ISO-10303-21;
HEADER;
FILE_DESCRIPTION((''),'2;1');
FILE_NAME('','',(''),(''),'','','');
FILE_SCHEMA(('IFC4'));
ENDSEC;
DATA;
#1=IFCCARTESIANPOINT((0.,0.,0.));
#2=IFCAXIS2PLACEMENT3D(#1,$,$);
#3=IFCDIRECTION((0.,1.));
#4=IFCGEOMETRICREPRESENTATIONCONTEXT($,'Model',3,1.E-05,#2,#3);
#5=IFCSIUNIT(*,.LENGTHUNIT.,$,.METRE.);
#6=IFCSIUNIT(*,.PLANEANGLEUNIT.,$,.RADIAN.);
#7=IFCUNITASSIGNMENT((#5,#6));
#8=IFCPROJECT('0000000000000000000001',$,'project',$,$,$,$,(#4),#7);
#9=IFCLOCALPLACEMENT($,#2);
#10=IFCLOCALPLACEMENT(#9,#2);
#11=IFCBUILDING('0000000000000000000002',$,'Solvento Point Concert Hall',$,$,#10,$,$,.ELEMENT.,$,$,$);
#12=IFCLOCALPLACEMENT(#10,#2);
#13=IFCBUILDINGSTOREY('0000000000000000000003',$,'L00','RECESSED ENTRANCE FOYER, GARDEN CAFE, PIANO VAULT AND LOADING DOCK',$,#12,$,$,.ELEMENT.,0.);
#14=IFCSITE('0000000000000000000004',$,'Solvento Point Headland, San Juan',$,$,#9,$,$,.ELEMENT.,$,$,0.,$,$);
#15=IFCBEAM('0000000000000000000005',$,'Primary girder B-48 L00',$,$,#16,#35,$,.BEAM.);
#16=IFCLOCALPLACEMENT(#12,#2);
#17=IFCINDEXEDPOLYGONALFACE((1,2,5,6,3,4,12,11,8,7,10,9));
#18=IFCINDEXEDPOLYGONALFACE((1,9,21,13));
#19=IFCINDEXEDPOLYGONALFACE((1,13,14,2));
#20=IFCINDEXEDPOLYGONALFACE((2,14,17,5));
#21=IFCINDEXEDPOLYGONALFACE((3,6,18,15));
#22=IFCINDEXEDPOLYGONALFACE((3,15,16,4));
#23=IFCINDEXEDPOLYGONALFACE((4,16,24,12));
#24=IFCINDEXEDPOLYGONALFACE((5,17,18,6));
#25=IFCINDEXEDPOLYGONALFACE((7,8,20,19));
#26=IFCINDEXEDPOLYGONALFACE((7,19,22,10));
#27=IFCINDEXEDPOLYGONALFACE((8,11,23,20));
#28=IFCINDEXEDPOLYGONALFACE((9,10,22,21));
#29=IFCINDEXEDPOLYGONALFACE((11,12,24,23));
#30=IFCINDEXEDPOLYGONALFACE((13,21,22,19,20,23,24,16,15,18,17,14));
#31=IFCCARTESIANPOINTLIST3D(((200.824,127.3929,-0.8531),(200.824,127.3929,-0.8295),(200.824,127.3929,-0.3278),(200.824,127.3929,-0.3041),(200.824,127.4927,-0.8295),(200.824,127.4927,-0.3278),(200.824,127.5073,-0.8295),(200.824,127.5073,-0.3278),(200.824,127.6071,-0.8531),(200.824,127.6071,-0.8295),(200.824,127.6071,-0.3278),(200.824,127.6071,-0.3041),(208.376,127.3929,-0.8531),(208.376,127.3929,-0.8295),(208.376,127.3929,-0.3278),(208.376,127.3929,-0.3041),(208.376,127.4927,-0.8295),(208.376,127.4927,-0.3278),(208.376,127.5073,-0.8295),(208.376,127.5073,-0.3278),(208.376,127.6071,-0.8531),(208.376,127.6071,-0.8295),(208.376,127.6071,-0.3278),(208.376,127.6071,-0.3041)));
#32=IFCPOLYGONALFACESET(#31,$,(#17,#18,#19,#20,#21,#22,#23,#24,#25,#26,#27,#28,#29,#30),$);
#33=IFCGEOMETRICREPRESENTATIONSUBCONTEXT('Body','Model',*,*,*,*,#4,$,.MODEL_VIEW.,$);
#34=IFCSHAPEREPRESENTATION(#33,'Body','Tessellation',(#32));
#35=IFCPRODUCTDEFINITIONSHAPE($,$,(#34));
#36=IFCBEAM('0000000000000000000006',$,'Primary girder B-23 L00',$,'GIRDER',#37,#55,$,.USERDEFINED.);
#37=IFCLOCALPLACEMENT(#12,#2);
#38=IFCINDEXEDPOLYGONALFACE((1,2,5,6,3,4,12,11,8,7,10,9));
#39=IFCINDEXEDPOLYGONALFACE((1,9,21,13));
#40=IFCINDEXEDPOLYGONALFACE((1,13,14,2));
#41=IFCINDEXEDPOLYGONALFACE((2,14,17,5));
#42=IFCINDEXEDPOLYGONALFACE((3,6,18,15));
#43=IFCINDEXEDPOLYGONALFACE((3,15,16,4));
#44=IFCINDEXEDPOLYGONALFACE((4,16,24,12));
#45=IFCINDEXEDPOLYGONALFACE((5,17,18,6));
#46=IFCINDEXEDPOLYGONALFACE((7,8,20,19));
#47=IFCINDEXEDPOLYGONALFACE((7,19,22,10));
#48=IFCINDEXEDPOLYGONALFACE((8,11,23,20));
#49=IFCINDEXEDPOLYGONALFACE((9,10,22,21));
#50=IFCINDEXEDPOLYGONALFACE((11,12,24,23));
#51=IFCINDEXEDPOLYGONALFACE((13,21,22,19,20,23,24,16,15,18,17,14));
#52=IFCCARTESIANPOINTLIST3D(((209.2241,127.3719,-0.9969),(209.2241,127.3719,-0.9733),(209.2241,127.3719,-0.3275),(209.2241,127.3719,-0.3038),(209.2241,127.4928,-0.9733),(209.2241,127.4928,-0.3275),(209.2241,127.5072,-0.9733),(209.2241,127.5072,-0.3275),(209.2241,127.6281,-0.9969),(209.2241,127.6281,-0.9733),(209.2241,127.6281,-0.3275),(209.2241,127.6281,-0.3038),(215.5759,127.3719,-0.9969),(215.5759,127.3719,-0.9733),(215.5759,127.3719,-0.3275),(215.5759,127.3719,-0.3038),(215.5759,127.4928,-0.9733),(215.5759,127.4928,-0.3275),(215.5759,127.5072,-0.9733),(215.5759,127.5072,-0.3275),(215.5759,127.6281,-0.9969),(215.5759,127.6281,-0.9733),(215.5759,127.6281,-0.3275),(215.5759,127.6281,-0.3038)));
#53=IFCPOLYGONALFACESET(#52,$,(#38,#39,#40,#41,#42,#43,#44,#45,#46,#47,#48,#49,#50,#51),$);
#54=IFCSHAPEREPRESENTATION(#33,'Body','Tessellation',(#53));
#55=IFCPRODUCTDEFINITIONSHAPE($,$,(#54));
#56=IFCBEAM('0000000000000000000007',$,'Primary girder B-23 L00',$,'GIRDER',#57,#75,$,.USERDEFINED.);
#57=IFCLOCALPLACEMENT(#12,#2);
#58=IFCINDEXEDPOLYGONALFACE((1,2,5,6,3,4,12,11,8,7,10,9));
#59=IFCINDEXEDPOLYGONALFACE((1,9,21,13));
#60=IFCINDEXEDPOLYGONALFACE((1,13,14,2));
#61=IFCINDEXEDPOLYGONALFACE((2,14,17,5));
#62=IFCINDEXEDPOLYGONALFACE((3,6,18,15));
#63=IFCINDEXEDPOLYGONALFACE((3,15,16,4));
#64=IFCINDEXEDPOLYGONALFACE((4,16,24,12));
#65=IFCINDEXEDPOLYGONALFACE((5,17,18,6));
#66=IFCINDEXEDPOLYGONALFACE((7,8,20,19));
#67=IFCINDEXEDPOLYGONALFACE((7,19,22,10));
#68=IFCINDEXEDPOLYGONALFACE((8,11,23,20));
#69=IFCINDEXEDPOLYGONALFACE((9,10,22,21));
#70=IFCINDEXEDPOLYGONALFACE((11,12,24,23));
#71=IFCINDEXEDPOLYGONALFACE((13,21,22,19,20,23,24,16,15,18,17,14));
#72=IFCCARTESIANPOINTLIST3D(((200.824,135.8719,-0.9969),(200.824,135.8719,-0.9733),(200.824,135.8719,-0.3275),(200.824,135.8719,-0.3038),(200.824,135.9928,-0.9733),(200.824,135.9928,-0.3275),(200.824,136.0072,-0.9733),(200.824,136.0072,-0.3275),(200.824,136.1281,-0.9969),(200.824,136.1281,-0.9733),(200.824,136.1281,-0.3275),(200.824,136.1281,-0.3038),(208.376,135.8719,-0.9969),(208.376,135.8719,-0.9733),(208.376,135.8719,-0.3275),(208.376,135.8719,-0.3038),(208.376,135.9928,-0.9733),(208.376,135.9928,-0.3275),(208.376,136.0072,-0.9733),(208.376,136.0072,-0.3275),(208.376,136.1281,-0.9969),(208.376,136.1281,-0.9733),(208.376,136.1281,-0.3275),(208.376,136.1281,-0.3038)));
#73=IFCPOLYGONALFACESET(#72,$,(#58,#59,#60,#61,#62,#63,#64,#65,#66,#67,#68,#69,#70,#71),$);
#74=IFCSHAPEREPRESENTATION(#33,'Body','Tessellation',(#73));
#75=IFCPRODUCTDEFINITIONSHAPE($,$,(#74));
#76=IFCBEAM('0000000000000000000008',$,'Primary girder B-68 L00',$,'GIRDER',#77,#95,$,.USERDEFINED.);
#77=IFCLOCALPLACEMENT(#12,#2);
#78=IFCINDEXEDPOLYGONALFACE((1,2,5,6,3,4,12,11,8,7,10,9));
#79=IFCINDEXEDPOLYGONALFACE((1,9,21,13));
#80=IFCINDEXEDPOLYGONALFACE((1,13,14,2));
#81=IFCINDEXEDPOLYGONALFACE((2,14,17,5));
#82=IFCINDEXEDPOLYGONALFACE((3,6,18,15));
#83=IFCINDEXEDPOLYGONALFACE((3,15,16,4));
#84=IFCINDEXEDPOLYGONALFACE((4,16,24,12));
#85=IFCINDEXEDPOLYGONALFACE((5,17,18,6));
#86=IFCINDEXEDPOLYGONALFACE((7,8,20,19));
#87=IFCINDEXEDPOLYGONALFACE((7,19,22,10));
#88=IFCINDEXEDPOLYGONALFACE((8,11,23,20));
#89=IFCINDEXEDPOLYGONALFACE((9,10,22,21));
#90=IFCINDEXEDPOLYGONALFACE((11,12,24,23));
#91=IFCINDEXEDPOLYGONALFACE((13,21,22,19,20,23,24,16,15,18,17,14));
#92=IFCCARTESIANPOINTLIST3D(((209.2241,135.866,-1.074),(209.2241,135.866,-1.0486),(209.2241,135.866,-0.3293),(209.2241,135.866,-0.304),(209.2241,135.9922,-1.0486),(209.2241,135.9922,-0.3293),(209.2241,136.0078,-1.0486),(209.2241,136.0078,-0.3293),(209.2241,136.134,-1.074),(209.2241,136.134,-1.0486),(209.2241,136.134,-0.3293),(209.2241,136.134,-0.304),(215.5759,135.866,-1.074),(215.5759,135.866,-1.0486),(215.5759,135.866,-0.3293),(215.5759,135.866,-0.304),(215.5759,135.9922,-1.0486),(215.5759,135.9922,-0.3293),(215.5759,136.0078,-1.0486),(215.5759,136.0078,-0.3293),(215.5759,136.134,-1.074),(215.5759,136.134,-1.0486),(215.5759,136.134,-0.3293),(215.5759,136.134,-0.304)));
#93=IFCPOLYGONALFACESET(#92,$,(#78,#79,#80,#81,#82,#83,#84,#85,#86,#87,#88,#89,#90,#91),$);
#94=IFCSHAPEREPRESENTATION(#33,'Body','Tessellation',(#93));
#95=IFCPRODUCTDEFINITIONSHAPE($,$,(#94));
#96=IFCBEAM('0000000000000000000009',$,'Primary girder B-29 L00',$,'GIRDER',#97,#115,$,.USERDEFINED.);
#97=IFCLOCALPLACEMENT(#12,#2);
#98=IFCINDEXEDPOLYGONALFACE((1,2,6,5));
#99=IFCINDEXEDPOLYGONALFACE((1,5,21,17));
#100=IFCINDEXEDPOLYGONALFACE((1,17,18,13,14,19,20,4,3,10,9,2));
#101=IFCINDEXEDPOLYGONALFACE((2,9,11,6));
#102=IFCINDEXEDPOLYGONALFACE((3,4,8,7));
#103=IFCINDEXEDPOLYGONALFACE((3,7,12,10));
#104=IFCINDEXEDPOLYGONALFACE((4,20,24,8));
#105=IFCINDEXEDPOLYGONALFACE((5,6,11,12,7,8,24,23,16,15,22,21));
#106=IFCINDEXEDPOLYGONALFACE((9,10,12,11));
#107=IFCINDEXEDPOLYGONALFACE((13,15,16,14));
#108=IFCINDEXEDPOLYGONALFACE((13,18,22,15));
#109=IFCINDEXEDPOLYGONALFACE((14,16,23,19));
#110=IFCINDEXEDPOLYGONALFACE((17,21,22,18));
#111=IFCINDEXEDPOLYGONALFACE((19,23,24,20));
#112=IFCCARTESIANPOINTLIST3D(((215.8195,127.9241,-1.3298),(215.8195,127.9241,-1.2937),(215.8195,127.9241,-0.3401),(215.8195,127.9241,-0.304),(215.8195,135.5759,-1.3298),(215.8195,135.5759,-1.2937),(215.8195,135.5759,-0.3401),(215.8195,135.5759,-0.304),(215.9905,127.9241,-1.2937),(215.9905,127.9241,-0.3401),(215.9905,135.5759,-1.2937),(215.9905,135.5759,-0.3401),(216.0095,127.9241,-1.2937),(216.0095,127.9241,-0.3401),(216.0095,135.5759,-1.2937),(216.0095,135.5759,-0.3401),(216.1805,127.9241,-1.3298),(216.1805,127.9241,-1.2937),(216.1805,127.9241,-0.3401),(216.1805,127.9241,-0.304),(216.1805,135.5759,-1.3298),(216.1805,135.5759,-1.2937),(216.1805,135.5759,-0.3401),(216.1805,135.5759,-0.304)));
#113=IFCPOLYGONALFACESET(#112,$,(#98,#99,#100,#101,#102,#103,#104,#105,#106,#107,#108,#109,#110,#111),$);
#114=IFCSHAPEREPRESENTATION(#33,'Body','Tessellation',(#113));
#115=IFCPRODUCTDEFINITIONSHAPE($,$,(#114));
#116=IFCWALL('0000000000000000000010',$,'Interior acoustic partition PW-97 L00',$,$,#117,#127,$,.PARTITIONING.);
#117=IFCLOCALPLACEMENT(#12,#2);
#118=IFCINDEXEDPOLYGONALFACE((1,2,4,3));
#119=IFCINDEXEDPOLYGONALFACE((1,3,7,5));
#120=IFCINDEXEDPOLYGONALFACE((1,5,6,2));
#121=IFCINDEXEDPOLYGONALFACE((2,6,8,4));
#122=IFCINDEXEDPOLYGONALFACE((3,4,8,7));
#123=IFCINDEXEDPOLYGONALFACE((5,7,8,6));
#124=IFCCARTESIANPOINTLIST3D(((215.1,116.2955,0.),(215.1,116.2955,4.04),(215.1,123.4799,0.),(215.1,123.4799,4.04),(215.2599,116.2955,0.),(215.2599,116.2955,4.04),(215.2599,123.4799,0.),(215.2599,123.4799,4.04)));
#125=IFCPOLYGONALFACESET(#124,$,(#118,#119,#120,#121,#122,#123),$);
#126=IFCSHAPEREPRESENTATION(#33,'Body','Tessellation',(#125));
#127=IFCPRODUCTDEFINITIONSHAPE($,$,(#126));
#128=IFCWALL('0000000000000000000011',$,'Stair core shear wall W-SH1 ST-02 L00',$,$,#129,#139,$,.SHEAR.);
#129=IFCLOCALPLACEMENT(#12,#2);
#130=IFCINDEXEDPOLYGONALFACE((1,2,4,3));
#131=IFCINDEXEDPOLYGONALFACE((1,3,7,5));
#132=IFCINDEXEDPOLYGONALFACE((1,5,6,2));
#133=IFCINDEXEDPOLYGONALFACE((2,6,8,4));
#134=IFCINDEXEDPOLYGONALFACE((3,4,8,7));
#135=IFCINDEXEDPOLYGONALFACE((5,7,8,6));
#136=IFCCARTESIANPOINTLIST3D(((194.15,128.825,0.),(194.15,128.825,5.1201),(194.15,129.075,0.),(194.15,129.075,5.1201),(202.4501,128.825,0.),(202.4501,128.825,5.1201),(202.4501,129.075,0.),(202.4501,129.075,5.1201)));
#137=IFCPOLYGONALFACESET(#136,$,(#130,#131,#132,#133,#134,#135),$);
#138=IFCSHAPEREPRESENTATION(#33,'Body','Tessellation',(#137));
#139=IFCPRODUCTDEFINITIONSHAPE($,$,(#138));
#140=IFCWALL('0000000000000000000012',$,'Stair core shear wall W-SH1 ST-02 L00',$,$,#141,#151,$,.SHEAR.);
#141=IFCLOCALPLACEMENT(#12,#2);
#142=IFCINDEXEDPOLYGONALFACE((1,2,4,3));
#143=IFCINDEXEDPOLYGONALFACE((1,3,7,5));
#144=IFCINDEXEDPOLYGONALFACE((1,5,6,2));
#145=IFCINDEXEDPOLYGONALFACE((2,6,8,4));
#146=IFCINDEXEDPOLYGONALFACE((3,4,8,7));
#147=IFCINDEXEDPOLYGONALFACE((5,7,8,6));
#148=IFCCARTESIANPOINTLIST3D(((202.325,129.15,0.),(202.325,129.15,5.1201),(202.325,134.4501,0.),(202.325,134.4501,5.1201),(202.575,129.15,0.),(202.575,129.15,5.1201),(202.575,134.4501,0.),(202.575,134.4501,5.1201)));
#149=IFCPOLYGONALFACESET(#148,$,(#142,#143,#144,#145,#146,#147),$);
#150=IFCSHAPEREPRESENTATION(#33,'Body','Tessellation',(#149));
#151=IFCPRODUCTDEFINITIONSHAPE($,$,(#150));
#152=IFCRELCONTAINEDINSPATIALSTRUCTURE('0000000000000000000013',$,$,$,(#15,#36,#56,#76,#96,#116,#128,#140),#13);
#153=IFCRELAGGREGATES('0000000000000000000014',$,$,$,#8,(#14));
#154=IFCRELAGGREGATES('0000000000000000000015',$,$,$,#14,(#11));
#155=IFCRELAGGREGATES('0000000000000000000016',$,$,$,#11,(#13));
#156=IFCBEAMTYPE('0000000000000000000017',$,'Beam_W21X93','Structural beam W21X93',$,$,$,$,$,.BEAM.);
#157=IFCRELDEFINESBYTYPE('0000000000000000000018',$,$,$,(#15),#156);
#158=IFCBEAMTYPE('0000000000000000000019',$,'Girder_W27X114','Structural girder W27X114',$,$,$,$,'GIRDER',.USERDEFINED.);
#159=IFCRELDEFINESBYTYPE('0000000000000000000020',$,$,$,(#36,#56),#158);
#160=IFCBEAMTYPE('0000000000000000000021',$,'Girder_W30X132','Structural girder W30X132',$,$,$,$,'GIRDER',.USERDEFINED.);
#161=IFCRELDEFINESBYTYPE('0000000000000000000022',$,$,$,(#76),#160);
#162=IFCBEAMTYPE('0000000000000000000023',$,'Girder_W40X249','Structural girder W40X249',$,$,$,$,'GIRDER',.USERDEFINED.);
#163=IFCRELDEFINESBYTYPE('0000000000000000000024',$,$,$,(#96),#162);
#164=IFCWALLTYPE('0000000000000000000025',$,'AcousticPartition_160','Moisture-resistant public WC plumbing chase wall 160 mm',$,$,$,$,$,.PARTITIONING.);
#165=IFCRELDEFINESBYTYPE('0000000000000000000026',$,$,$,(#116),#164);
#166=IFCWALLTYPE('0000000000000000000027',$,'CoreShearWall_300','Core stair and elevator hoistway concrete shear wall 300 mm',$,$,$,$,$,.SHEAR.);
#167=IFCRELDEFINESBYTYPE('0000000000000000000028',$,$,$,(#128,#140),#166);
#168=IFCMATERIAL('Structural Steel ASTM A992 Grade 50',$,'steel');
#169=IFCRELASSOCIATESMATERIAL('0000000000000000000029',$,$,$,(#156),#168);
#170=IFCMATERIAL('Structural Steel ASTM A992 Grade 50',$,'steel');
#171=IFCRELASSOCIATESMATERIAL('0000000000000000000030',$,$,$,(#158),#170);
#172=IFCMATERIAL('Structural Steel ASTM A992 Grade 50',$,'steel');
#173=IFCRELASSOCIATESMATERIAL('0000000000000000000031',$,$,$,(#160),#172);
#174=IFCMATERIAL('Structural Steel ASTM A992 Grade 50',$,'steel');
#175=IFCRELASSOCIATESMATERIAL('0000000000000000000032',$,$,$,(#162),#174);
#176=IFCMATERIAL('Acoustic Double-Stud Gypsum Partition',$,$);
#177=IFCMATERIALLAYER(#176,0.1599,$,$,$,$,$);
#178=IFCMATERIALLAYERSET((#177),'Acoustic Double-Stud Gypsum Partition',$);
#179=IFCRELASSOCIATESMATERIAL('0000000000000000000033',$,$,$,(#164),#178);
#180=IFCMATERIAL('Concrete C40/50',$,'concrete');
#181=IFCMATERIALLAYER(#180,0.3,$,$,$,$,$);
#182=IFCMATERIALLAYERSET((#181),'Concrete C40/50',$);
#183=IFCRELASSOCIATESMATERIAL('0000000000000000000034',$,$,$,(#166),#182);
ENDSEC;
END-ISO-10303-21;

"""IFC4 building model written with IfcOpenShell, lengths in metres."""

from ifc_helpers import new_model, si_unit, direction, frame, frame_2d, origin, origin_2d, place, context, subcontext, project, spatial, rectangle, i_section, extrude, material, layer, layer_set, material_profile, profile_set, type_object, element, save


model = new_model("IFC4")

# Units and contexts
model_context = context("Model", 3, precision=1e-05, world=origin(), true_north=direction((0.0, 1.0)))
body_context = subcontext(model_context, "Body", "Model", "MODEL_VIEW")
ifc_project = project(units=[si_unit("LENGTHUNIT", "METRE"), si_unit("PLANEANGLEUNIT", "RADIAN")], contexts=[model_context])

# Site, building, storey
site_placement = place(None, origin())
site = spatial("IfcSite", under=ifc_project, at=site_placement, Name="Solvento Point Headland, San Juan", CompositionType="ELEMENT", RefElevation=0.0)
building_placement = place(site_placement, origin())
building = spatial("IfcBuilding", under=site, at=building_placement, Name="Solvento Point Concert Hall", CompositionType="ELEMENT")
storey_placement = place(building_placement, origin())
storey = spatial("IfcBuildingStorey", under=building, at=storey_placement, Name="L00", Description="RECESSED ENTRANCE FOYER, GARDEN CAFE, PIANO VAULT AND LOADING DOCK", CompositionType="ELEMENT", Elevation=0.0)

# Beams
ifc_material_1 = material(Name="Structural Steel ASTM A992 Grade 50", Category="steel")
ifc_material_profile_1 = material_profile(ifc_material_1, i_section(OverallWidth=0.2141, OverallDepth=0.5491, WebThickness=0.0146, FlangeThickness=0.0237, at=origin_2d()), Name="W21X93")
ifc_profile_set_1 = profile_set([ifc_material_profile_1], Name="Structural Steel ASTM A992 Grade 50")
beam_type_1 = type_object("IfcBeamType", Name="Beam_W21X93", Description="Structural beam W21X93", PredefinedType="BEAM", material=ifc_profile_set_1)
beam_1_placement = place(storey_placement, frame((200.824, 127.5, -0.5786), z_axis=(1.0, 0.0, 0.0), x_axis=(0.0, 1.0, 0.0)))
element("IfcBeam", 1, at=beam_1_placement, inside=storey, type_object=beam_type_1, Name="Primary girder B-48 L00", PredefinedType="BEAM", context=body_context, shape_type="SweptSolid", body=[
    extrude(i_section(OverallWidth=0.2141, OverallDepth=0.5491, WebThickness=0.0146, FlangeThickness=0.0237, at=origin_2d()), origin(), (0.0, 0.0, 1.0), 7.552),
])
ifc_material_2 = material(Name="Structural Steel ASTM A992 Grade 50", Category="steel")
ifc_material_profile_2 = material_profile(ifc_material_2, i_section(OverallWidth=0.2561, OverallDepth=0.6931, WebThickness=0.0144, FlangeThickness=0.0237, at=origin_2d()), Name="W27X114")
ifc_profile_set_2 = profile_set([ifc_material_profile_2], Name="Structural Steel ASTM A992 Grade 50")
beam_type_2 = type_object("IfcBeamType", Name="Girder_W27X114", Description="Structural girder W27X114", ElementType="GIRDER", PredefinedType="USERDEFINED", material=ifc_profile_set_2)
beam_2_placement = place(storey_placement, frame((209.2241, 127.5, -0.6504), z_axis=(1.0, 0.0, 0.0), x_axis=(0.0, 1.0, 0.0)))
element("IfcBeam", 2, at=beam_2_placement, inside=storey, type_object=beam_type_2, Name="Primary girder B-23 L00", ObjectType="GIRDER", PredefinedType="USERDEFINED", context=body_context, shape_type="SweptSolid", body=[
    extrude(i_section(OverallWidth=0.2561, OverallDepth=0.6931, WebThickness=0.0144, FlangeThickness=0.0237, at=origin_2d()), origin(), (0.0, 0.0, 1.0), 6.3518),
])
beam_3_placement = place(storey_placement, frame((200.824, 136.0, -0.6504), z_axis=(1.0, 0.0, 0.0), x_axis=(0.0, 1.0, 0.0)))
element("IfcBeam", 3, at=beam_3_placement, inside=storey, type_object=beam_type_2, Name="Primary girder B-23 L00", ObjectType="GIRDER", PredefinedType="USERDEFINED", context=body_context, shape_type="SweptSolid", body=[
    extrude(i_section(OverallWidth=0.2561, OverallDepth=0.6931, WebThickness=0.0144, FlangeThickness=0.0237, at=origin_2d()), origin(), (0.0, 0.0, 1.0), 7.552),
])
ifc_material_3 = material(Name="Structural Steel ASTM A992 Grade 50", Category="steel")
ifc_material_profile_3 = material_profile(ifc_material_3, i_section(OverallWidth=0.2681, OverallDepth=0.77, WebThickness=0.0156, FlangeThickness=0.0254, at=origin_2d()), Name="W30X132")
ifc_profile_set_3 = profile_set([ifc_material_profile_3], Name="Structural Steel ASTM A992 Grade 50")
beam_type_3 = type_object("IfcBeamType", Name="Girder_W30X132", Description="Structural girder W30X132", ElementType="GIRDER", PredefinedType="USERDEFINED", material=ifc_profile_set_3)
beam_4_placement = place(storey_placement, frame((209.2241, 136.0, -0.689), z_axis=(1.0, 0.0, 0.0), x_axis=(0.0, 1.0, 0.0)))
element("IfcBeam", 4, at=beam_4_placement, inside=storey, type_object=beam_type_3, Name="Primary girder B-68 L00", ObjectType="GIRDER", PredefinedType="USERDEFINED", context=body_context, shape_type="SweptSolid", body=[
    extrude(i_section(OverallWidth=0.2681, OverallDepth=0.77, WebThickness=0.0156, FlangeThickness=0.0254, at=origin_2d()), origin(), (0.0, 0.0, 1.0), 6.3518),
])
ifc_material_4 = material(Name="Structural Steel ASTM A992 Grade 50", Category="steel")
ifc_material_profile_4 = material_profile(ifc_material_4, i_section(OverallWidth=0.3611, OverallDepth=1.0259, WebThickness=0.019, FlangeThickness=0.0361, at=origin_2d()), Name="W40X249")
ifc_profile_set_4 = profile_set([ifc_material_profile_4], Name="Structural Steel ASTM A992 Grade 50")
beam_type_4 = type_object("IfcBeamType", Name="Girder_W40X249", Description="Structural girder W40X249", ElementType="GIRDER", PredefinedType="USERDEFINED", material=ifc_profile_set_4)
beam_5_placement = place(storey_placement, frame((216.0, 127.9241, -0.8169), z_axis=(0.0, 1.0, 0.0), x_axis=(-1.0, 0.0, 0.0)))
element("IfcBeam", 5, at=beam_5_placement, inside=storey, type_object=beam_type_4, Name="Primary girder B-29 L00", ObjectType="GIRDER", PredefinedType="USERDEFINED", context=body_context, shape_type="SweptSolid", body=[
    extrude(i_section(OverallWidth=0.3611, OverallDepth=1.0259, WebThickness=0.019, FlangeThickness=0.0361, at=origin_2d()), origin(), (0.0, 0.0, 1.0), 7.6519),
])

# Wall
ifc_material_5 = material(Name="Acoustic Double-Stud Gypsum Partition")
ifc_layer_1 = layer(ifc_material_5, 0.1599)
ifc_layer_set_1 = layer_set([ifc_layer_1], Name="Acoustic Double-Stud Gypsum Partition")
wall_type_1 = type_object("IfcWallType", Name="AcousticPartition_160", Description="Moisture-resistant public WC plumbing chase wall 160 mm", PredefinedType="PARTITIONING", material=ifc_layer_set_1)
wall_1_placement = place(storey_placement, frame((215.1799, 123.48, 0.0), z_axis=(0.0, 0.0, 1.0), x_axis=(0.0, -1.0, 0.0)))
element("IfcWall", 6, at=wall_1_placement, inside=storey, type_object=wall_type_1, Name="Interior acoustic partition PW-97 L00", PredefinedType="PARTITIONING", context=body_context, shape_type="SweptSolid", body=[
    extrude(rectangle(XDim=7.1843, YDim=0.1599, at=frame_2d((3.5923, 0.0))), origin(), (0.0, 0.0, 1.0), 4.04),
])

# Walls
ifc_material_6 = material(Name="Concrete C40/50", Category="concrete")
ifc_layer_2 = layer(ifc_material_6, 0.3)
ifc_layer_set_2 = layer_set([ifc_layer_2], Name="Concrete C40/50")
wall_type_2 = type_object("IfcWallType", Name="CoreShearWall_300", Description="Core stair and elevator hoistway concrete shear wall 300 mm", PredefinedType="SHEAR", material=ifc_layer_set_2)
wall_2_placement = place(storey_placement, frame((202.45, 128.95, 0.0), z_axis=(0.0, 0.0, 1.0), x_axis=(-1.0, 0.0, 0.0)))
element("IfcWall", 7, at=wall_2_placement, inside=storey, type_object=wall_type_2, Name="Stair core shear wall W-SH1 ST-02 L00", PredefinedType="SHEAR", context=body_context, shape_type="SweptSolid", body=[
    extrude(rectangle(XDim=8.3, YDim=0.25, at=frame_2d((4.1499, 0.0))), origin(), (0.0, 0.0, 1.0), 5.1201),
])
wall_3_placement = place(storey_placement, frame((202.45, 134.45, 0.0), z_axis=(0.0, 0.0, 1.0), x_axis=(0.0, -1.0, 0.0)))
element("IfcWall", 8, at=wall_3_placement, inside=storey, type_object=wall_type_2, Name="Stair core shear wall W-SH1 ST-02 L00", PredefinedType="SHEAR", context=body_context, shape_type="SweptSolid", body=[
    extrude(rectangle(XDim=5.3, YDim=0.25, at=frame_2d((2.6499, 0.0))), origin(), (0.0, 0.0, 1.0), 5.1201),
])

save(model, "model.ifc")
